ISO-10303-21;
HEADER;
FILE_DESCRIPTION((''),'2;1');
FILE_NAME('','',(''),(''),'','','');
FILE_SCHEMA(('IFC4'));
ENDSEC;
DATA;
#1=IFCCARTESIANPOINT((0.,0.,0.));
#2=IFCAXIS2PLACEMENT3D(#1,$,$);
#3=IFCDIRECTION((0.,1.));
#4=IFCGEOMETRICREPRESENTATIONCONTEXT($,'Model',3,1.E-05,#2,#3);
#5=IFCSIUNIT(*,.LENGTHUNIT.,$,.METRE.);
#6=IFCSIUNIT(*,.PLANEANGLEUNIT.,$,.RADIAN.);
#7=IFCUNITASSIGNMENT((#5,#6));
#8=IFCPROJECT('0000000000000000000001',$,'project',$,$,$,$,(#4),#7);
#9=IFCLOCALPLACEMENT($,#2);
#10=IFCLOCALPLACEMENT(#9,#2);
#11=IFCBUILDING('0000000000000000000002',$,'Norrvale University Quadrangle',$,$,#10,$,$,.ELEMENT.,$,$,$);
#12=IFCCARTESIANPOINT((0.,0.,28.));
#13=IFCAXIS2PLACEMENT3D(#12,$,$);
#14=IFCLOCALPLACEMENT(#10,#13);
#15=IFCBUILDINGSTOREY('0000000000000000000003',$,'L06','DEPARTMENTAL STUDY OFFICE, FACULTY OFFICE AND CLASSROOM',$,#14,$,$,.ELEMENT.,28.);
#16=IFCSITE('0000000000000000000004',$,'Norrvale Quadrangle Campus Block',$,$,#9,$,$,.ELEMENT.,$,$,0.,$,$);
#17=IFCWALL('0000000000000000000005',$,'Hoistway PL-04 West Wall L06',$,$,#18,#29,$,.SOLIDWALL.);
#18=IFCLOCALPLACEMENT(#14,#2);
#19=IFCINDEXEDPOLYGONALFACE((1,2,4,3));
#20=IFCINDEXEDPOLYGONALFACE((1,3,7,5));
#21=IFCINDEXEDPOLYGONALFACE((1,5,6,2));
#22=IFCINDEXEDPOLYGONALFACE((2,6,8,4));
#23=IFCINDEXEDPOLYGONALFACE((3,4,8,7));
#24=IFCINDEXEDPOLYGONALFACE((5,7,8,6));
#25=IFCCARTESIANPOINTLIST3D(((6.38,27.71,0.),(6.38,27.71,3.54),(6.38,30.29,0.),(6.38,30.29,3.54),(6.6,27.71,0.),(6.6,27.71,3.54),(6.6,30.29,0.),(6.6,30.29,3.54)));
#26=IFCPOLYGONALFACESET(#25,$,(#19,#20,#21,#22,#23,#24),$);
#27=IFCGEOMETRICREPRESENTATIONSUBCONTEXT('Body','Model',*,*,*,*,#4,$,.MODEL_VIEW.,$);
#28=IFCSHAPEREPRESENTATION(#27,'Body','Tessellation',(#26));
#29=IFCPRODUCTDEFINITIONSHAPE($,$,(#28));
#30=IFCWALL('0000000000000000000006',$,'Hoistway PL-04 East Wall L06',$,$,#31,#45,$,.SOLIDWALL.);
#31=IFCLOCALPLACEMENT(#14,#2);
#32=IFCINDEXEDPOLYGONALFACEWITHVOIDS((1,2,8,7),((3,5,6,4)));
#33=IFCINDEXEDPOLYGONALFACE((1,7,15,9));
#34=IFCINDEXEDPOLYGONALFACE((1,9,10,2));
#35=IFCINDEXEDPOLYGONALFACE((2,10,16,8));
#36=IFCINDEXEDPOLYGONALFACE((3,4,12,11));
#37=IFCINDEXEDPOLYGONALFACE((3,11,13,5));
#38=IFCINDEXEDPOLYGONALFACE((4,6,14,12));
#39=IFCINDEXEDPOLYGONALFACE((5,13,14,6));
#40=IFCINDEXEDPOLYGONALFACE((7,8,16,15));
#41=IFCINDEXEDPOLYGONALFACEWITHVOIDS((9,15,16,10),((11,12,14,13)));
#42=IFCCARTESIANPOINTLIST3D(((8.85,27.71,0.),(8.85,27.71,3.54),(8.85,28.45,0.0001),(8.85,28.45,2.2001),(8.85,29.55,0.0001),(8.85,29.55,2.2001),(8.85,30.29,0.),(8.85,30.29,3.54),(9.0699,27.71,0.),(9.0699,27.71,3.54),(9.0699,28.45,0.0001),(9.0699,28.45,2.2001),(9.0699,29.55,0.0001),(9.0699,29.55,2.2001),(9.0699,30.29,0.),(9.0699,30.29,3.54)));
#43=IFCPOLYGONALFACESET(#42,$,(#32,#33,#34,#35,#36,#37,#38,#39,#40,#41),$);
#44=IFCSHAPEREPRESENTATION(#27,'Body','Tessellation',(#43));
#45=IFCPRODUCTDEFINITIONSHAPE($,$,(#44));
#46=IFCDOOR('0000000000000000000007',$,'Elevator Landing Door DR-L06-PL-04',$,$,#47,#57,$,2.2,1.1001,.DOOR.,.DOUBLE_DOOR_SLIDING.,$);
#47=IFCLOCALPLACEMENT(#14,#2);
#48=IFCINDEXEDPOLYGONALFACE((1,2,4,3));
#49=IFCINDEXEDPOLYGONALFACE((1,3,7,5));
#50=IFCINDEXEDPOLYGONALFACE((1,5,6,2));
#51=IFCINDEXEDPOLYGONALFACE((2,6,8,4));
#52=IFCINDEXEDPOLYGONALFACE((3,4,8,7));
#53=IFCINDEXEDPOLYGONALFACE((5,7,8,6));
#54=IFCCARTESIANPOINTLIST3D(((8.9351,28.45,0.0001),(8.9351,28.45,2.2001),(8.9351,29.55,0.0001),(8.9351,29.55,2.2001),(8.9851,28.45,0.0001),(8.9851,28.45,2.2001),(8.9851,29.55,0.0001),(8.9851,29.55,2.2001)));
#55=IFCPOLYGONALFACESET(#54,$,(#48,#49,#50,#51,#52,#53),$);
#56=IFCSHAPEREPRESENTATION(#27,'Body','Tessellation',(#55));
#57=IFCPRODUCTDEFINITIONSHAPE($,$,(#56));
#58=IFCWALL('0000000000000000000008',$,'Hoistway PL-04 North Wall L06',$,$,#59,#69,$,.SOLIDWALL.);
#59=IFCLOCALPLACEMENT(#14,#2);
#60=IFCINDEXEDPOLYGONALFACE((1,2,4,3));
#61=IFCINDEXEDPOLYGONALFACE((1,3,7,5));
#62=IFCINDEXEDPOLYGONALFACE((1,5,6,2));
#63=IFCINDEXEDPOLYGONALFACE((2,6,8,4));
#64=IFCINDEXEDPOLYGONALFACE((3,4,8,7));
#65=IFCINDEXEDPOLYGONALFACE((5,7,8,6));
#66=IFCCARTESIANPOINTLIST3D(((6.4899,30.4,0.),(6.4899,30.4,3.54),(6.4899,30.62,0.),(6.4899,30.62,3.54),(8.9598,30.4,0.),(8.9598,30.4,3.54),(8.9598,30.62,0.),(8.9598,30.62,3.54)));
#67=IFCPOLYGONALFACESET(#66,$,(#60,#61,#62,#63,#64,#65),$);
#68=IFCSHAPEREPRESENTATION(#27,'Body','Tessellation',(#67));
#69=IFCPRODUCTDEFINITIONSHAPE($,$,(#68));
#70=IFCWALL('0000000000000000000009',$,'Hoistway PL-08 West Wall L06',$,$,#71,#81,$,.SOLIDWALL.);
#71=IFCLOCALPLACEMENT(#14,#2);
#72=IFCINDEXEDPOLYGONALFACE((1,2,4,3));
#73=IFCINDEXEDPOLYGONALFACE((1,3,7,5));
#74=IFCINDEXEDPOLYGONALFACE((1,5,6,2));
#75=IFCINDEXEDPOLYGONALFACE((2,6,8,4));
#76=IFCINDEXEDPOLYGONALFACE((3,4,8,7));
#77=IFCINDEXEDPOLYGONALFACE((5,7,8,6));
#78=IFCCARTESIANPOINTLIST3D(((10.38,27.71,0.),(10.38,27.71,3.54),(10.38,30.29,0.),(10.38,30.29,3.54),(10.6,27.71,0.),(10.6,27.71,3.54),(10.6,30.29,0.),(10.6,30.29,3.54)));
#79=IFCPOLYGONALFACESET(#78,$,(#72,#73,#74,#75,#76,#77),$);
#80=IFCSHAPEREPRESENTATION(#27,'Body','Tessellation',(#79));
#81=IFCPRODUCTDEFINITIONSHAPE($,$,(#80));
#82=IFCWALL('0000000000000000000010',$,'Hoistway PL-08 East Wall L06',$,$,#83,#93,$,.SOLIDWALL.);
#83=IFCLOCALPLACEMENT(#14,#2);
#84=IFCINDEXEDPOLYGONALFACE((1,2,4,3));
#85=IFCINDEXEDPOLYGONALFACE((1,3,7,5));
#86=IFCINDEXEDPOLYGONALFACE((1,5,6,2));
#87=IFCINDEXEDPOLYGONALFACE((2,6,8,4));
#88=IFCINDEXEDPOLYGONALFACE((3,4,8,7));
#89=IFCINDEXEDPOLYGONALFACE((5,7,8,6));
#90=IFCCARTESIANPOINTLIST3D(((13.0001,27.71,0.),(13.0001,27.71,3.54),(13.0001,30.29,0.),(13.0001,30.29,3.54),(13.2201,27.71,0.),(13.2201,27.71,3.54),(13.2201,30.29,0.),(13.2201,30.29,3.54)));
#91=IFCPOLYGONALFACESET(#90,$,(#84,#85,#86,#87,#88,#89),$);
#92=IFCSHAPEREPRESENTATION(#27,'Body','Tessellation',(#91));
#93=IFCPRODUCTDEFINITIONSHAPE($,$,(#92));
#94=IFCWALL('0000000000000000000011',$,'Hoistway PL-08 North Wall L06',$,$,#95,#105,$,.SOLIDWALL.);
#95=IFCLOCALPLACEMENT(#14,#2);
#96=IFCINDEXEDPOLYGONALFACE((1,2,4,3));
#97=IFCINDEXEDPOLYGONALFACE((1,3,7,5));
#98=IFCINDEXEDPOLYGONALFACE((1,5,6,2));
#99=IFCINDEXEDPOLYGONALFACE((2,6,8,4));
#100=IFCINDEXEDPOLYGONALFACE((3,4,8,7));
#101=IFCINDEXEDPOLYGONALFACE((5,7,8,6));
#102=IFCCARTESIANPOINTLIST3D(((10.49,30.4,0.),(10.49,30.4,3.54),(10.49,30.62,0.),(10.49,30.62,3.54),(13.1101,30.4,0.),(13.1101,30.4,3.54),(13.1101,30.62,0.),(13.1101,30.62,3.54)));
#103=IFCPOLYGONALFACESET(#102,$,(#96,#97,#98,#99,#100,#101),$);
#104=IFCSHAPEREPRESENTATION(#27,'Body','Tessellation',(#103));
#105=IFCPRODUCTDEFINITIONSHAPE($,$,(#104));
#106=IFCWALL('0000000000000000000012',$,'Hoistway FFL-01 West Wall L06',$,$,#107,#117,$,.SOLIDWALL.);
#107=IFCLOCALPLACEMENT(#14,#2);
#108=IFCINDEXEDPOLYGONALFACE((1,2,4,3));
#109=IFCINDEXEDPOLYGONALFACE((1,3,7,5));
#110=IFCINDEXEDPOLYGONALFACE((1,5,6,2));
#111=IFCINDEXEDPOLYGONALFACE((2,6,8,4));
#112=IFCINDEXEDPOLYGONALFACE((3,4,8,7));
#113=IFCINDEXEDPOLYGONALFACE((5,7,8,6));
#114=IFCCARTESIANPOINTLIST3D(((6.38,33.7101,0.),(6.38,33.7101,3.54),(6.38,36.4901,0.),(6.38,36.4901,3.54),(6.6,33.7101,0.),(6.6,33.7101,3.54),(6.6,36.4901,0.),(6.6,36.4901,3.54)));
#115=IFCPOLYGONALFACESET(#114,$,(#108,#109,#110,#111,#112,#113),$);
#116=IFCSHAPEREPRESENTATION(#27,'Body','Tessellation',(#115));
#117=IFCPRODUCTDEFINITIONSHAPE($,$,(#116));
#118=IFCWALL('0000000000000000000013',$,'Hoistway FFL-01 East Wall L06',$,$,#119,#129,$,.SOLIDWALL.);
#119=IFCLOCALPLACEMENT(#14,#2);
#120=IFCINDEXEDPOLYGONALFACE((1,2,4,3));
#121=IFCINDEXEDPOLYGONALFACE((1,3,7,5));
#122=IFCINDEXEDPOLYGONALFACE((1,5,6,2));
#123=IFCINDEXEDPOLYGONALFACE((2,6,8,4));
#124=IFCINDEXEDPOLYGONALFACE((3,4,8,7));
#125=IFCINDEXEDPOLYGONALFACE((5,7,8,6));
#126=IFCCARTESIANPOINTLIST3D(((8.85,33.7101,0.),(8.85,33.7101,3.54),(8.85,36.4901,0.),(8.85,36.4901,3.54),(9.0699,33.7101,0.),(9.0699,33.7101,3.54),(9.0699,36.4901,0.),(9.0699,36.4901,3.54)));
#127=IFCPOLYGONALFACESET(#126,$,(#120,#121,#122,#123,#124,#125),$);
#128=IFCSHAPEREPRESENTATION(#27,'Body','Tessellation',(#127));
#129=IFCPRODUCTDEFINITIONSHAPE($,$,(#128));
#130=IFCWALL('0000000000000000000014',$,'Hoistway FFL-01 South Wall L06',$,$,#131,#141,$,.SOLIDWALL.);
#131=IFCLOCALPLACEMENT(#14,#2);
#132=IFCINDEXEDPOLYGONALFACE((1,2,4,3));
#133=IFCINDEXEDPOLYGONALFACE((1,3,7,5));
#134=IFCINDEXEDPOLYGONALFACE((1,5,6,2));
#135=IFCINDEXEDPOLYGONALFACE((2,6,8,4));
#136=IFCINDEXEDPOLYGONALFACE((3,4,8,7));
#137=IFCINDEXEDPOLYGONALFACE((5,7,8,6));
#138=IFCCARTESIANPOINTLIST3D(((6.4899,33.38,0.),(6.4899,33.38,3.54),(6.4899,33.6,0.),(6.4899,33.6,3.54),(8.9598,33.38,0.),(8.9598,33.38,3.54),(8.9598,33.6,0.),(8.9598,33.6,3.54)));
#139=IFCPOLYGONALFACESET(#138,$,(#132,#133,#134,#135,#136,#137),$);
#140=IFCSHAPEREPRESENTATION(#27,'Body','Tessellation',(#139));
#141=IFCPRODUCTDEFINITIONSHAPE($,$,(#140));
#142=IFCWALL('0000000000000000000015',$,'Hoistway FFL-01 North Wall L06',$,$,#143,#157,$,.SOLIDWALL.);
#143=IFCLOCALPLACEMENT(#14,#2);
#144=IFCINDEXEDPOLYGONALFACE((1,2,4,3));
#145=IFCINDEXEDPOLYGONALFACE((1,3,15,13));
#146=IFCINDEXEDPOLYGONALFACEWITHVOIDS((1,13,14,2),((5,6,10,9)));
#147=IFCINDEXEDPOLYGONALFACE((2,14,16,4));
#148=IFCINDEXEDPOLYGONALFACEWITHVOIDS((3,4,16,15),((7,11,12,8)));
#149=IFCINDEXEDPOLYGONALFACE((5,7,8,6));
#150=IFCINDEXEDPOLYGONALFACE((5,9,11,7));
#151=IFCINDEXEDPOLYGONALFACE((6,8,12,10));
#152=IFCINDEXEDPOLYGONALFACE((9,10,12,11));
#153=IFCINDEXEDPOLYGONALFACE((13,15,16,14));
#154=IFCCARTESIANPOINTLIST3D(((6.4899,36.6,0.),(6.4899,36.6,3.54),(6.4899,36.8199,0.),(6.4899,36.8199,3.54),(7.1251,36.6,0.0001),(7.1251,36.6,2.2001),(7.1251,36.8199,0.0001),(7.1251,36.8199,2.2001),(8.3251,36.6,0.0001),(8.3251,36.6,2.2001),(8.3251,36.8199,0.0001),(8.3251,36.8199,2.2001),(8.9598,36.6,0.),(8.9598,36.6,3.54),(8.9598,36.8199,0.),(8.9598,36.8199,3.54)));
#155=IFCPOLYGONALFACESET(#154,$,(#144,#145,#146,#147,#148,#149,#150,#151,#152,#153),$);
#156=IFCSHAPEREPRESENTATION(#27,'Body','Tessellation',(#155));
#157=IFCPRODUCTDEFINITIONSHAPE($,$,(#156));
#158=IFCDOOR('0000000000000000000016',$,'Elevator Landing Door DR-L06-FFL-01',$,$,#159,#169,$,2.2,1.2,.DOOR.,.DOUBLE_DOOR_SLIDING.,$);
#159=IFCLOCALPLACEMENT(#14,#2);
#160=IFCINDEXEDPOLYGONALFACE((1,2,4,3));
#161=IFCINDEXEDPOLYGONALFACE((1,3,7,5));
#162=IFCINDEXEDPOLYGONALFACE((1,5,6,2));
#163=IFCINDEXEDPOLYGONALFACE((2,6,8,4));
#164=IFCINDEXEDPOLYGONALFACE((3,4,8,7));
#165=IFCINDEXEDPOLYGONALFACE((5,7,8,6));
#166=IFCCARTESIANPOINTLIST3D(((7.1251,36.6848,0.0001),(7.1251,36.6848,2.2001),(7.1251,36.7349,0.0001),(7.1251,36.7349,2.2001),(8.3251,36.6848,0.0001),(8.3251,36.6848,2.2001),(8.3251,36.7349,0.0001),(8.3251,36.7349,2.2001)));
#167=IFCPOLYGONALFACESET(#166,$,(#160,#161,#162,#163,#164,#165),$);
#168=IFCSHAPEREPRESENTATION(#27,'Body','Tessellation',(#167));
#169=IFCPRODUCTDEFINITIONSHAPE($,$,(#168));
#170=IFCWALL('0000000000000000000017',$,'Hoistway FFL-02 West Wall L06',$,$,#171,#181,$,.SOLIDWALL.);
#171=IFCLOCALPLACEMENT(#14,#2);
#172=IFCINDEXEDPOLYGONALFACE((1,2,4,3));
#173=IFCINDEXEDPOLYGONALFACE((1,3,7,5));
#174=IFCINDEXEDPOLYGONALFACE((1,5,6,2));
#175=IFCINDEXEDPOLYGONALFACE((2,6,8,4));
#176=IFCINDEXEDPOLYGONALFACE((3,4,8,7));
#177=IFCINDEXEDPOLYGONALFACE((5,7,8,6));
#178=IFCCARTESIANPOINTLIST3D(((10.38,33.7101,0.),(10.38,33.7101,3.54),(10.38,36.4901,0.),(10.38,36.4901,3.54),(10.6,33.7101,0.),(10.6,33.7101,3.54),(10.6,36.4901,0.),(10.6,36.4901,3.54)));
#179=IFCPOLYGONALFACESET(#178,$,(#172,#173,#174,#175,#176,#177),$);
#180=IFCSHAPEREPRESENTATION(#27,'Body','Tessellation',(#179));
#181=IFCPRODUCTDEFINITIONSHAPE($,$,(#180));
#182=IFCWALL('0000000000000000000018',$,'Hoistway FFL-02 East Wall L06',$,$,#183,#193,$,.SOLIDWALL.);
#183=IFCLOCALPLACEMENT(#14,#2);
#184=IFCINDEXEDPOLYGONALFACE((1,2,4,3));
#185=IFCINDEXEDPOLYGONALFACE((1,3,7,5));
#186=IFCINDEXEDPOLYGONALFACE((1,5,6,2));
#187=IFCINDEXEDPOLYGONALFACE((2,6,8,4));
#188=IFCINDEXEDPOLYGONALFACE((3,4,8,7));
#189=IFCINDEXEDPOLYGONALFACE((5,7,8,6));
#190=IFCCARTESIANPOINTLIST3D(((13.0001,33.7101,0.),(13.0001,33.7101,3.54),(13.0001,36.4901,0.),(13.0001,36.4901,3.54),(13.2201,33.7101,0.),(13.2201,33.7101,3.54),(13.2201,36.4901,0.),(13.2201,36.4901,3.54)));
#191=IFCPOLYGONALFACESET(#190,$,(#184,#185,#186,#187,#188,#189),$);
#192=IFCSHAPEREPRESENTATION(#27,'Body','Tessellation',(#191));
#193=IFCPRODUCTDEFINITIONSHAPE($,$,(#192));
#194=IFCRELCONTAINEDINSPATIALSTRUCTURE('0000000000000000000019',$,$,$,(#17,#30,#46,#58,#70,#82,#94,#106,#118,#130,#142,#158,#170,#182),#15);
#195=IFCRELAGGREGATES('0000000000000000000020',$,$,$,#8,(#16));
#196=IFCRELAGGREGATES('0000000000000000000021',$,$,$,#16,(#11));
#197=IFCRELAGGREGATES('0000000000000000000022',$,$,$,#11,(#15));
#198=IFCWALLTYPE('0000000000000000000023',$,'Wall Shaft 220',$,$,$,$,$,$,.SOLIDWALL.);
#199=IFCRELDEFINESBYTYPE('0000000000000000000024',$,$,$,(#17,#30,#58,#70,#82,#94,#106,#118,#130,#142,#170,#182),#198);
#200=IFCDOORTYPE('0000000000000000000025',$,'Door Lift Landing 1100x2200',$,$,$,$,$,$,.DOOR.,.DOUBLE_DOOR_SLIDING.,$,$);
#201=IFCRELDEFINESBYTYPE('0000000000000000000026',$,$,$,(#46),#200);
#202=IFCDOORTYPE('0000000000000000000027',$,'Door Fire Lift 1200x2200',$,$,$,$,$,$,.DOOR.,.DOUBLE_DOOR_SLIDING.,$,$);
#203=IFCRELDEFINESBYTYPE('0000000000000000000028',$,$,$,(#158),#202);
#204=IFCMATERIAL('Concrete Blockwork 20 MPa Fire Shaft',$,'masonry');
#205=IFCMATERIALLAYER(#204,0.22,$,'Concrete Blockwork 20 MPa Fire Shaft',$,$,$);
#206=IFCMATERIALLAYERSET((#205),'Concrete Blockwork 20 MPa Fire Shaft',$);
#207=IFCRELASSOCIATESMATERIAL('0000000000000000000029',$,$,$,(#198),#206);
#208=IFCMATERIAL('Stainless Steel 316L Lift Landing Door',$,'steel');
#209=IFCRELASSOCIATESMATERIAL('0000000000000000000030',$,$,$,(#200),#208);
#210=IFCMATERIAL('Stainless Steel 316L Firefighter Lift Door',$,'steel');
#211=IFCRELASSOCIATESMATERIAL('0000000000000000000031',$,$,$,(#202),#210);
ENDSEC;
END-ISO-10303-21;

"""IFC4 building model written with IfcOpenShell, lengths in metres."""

from ifc_helpers import new_model, si_unit, direction, frame, frame_2d, origin, place, context, subcontext, project, spatial, rectangle, extrude, material, layer, layer_set, type_object, element, fill, save


model = new_model("IFC4")

# Units and contexts
model_context = context("Model", 3, precision=1e-05, world=origin(), true_north=direction((0.0, 1.0)))
body_context = subcontext(model_context, "Body", "Model", "MODEL_VIEW")
ifc_project = project(units=[si_unit("LENGTHUNIT", "METRE"), si_unit("PLANEANGLEUNIT", "RADIAN")], contexts=[model_context])

# Site, building, storey
site_placement = place(None, origin())
site = spatial("IfcSite", under=ifc_project, at=site_placement, Name="Norrvale Quadrangle Campus Block", CompositionType="ELEMENT", RefElevation=0.0)
building_placement = place(site_placement, origin())
building = spatial("IfcBuilding", under=site, at=building_placement, Name="Norrvale University Quadrangle", CompositionType="ELEMENT")
storey_placement = place(building_placement, frame((0.0, 0.0, 28.0)))
storey = spatial("IfcBuildingStorey", under=building, at=storey_placement, Name="L06", Description="DEPARTMENTAL STUDY OFFICE, FACULTY OFFICE AND CLASSROOM", CompositionType="ELEMENT", Elevation=28.0)

# Wall
ifc_material_1 = material(Name="Concrete Blockwork 20 MPa Fire Shaft", Category="masonry")
ifc_layer_1 = layer(ifc_material_1, 0.22, Name="Concrete Blockwork 20 MPa Fire Shaft")
ifc_layer_set_1 = layer_set([ifc_layer_1], Name="Concrete Blockwork 20 MPa Fire Shaft")
wall_type_1 = type_object("IfcWallType", Name="Wall Shaft 220", PredefinedType="SOLIDWALL", material=ifc_layer_set_1)
wall_1_placement = place(storey_placement, frame((6.49, 27.71, 0.0), z_axis=(0.0, 0.0, 1.0), x_axis=(0.0, 1.0, 0.0)))
element("IfcWall", 1, at=wall_1_placement, inside=storey, type_object=wall_type_1, Name="Hoistway PL-04 West Wall L06", PredefinedType="SOLIDWALL", context=body_context, shape_type="SweptSolid", body=[
    extrude(rectangle(XDim=2.5801, YDim=0.22, at=frame_2d((1.29, 0.0))), origin(), (0.0, 0.0, 1.0), 3.54),
])

# Wall, opening, door
wall_2_placement = place(storey_placement, frame((8.96, 27.71, 0.0), z_axis=(0.0, 0.0, 1.0), x_axis=(0.0, 1.0, 0.0)))
wall_2 = element("IfcWall", 2, at=wall_2_placement, inside=storey, type_object=wall_type_1, Name="Hoistway PL-04 East Wall L06", PredefinedType="SOLIDWALL", context=body_context, shape_type="SweptSolid", body=[
    extrude(rectangle(XDim=2.5801, YDim=0.22, at=frame_2d((1.29, 0.0))), origin(), (0.0, 0.0, 1.0), 3.54),
])
opening_1_placement = place(wall_2_placement, frame((0.74, 0.0, 0.0)))
opening_1 = element("IfcOpeningElement", 3, at=opening_1_placement, cuts=wall_2, PredefinedType="OPENING", context=body_context, shape_type="SweptSolid", body=[
    extrude(rectangle(XDim=1.1001, YDim=2.2, at=frame_2d((0.55, 1.1001))), frame((0.0, 0.1221, 0.0), z_axis=(0.0, -1.0, 0.0), x_axis=(1.0, 0.0, 0.0)), (0.0, 0.0, 1.0), 0.2439),
])
ifc_material_2 = material(Name="Stainless Steel 316L Lift Landing Door", Category="steel")
door_type_1 = type_object("IfcDoorType", Name="Door Lift Landing 1100x2200", OperationType="DOUBLE_DOOR_SLIDING", PredefinedType="DOOR", material=ifc_material_2)
door_1_placement = place(opening_1_placement, origin())
door_1 = element("IfcDoor", 4, at=door_1_placement, inside=storey, type_object=door_type_1, Name="Elevator Landing Door DR-L06-PL-04", OperationType="DOUBLE_DOOR_SLIDING", OverallHeight=2.2, OverallWidth=1.1001, PredefinedType="DOOR", context=body_context, shape_type="SweptSolid", body=[
    extrude(rectangle(XDim=1.1001, YDim=2.2, at=frame_2d((0.55, 1.1001))), frame((0.0, 0.0249, 0.0), z_axis=(0.0, -1.0, 0.0), x_axis=(1.0, 0.0, 0.0)), (0.0, 0.0, 1.0), 0.05),
])
fill(opening_1, door_1)

# Walls
wall_3_placement = place(storey_placement, frame((6.49, 30.51, 0.0), z_axis=(0.0, 0.0, 1.0), x_axis=(1.0, 0.0, 0.0)))
element("IfcWall", 5, at=wall_3_placement, inside=storey, type_object=wall_type_1, Name="Hoistway PL-04 North Wall L06", PredefinedType="SOLIDWALL", context=body_context, shape_type="SweptSolid", body=[
    extrude(rectangle(XDim=2.47, YDim=0.22, at=frame_2d((1.2349, 0.0))), origin(), (0.0, 0.0, 1.0), 3.54),
])
for number, where, z_axis, x_axis, name in (
    (6, (10.49, 27.71, 0.0), (0.0, 0.0, 1.0), (0.0, 1.0, 0.0), "Hoistway PL-08 West Wall L06"),
    (7, (13.1101, 27.71, 0.0), (0.0, 0.0, 1.0), (0.0, 1.0, 0.0), "Hoistway PL-08 East Wall L06"),
):
    element("IfcWall", number, at=place(storey_placement, frame(where, z_axis=z_axis, x_axis=x_axis)), inside=storey, type_object=wall_type_1, Name=name, PredefinedType="SOLIDWALL", context=body_context, shape_type="SweptSolid", body=[
        extrude(rectangle(XDim=2.5801, YDim=0.22, at=frame_2d((1.29, 0.0))), origin(), (0.0, 0.0, 1.0), 3.54),
    ])
wall_4_placement = place(storey_placement, frame((10.49, 30.51, 0.0), z_axis=(0.0, 0.0, 1.0), x_axis=(1.0, 0.0, 0.0)))
element("IfcWall", 8, at=wall_4_placement, inside=storey, type_object=wall_type_1, Name="Hoistway PL-08 North Wall L06", PredefinedType="SOLIDWALL", context=body_context, shape_type="SweptSolid", body=[
    extrude(rectangle(XDim=2.6201, YDim=0.22, at=frame_2d((1.3101, 0.0))), origin(), (0.0, 0.0, 1.0), 3.54),
])
for number, where, z_axis, x_axis, name in (
    (9, (6.49, 33.71, 0.0), (0.0, 0.0, 1.0), (0.0, 1.0, 0.0), "Hoistway FFL-01 West Wall L06"),
    (10, (8.96, 33.71, 0.0), (0.0, 0.0, 1.0), (0.0, 1.0, 0.0), "Hoistway FFL-01 East Wall L06"),
):
    element("IfcWall", number, at=place(storey_placement, frame(where, z_axis=z_axis, x_axis=x_axis)), inside=storey, type_object=wall_type_1, Name=name, PredefinedType="SOLIDWALL", context=body_context, shape_type="SweptSolid", body=[
        extrude(rectangle(XDim=2.78, YDim=0.22, at=frame_2d((1.3901, 0.0))), origin(), (0.0, 0.0, 1.0), 3.54),
    ])
wall_5_placement = place(storey_placement, frame((6.49, 33.49, 0.0), z_axis=(0.0, 0.0, 1.0), x_axis=(1.0, 0.0, 0.0)))
element("IfcWall", 11, at=wall_5_placement, inside=storey, type_object=wall_type_1, Name="Hoistway FFL-01 South Wall L06", PredefinedType="SOLIDWALL", context=body_context, shape_type="SweptSolid", body=[
    extrude(rectangle(XDim=2.47, YDim=0.22, at=frame_2d((1.2349, 0.0))), origin(), (0.0, 0.0, 1.0), 3.54),
])

# Wall, opening, door
wall_6_placement = place(storey_placement, frame((6.49, 36.71, 0.0), z_axis=(0.0, 0.0, 1.0), x_axis=(1.0, 0.0, 0.0)))
wall_6 = element("IfcWall", 12, at=wall_6_placement, inside=storey, type_object=wall_type_1, Name="Hoistway FFL-01 North Wall L06", PredefinedType="SOLIDWALL", context=body_context, shape_type="SweptSolid", body=[
    extrude(rectangle(XDim=2.47, YDim=0.22, at=frame_2d((1.2349, 0.0))), origin(), (0.0, 0.0, 1.0), 3.54),
])
opening_2_placement = place(wall_6_placement, frame((0.635, 0.0, 0.0)))
opening_2 = element("IfcOpeningElement", 13, at=opening_2_placement, cuts=wall_6, PredefinedType="OPENING", context=body_context, shape_type="SweptSolid", body=[
    extrude(rectangle(XDim=1.2, YDim=2.2, at=frame_2d((0.6001, 1.1001))), frame((0.0, 0.1221, 0.0), z_axis=(0.0, -1.0, 0.0), x_axis=(1.0, 0.0, 0.0)), (0.0, 0.0, 1.0), 0.2439),
])
ifc_material_3 = material(Name="Stainless Steel 316L Firefighter Lift Door", Category="steel")
door_type_2 = type_object("IfcDoorType", Name="Door Fire Lift 1200x2200", OperationType="DOUBLE_DOOR_SLIDING", PredefinedType="DOOR", material=ifc_material_3)
door_2_placement = place(opening_2_placement, origin())
door_2 = element("IfcDoor", 14, at=door_2_placement, inside=storey, type_object=door_type_2, Name="Elevator Landing Door DR-L06-FFL-01", OperationType="DOUBLE_DOOR_SLIDING", OverallHeight=2.2, OverallWidth=1.2, PredefinedType="DOOR", context=body_context, shape_type="SweptSolid", body=[
    extrude(rectangle(XDim=1.2, YDim=2.2, at=frame_2d((0.6001, 1.1001))), frame((0.0, 0.0249, 0.0), z_axis=(0.0, -1.0, 0.0), x_axis=(1.0, 0.0, 0.0)), (0.0, 0.0, 1.0), 0.05),
])
fill(opening_2, door_2)

# Walls
for number, where, z_axis, x_axis, name in (
    (15, (10.49, 33.71, 0.0), (0.0, 0.0, 1.0), (0.0, 1.0, 0.0), "Hoistway FFL-02 West Wall L06"),
    (16, (13.1101, 33.71, 0.0), (0.0, 0.0, 1.0), (0.0, 1.0, 0.0), "Hoistway FFL-02 East Wall L06"),
):
    element("IfcWall", number, at=place(storey_placement, frame(where, z_axis=z_axis, x_axis=x_axis)), inside=storey, type_object=wall_type_1, Name=name, PredefinedType="SOLIDWALL", context=body_context, shape_type="SweptSolid", body=[
        extrude(rectangle(XDim=2.78, YDim=0.22, at=frame_2d((1.3901, 0.0))), origin(), (0.0, 0.0, 1.0), 3.54),
    ])

save(model, "model.ifc")
